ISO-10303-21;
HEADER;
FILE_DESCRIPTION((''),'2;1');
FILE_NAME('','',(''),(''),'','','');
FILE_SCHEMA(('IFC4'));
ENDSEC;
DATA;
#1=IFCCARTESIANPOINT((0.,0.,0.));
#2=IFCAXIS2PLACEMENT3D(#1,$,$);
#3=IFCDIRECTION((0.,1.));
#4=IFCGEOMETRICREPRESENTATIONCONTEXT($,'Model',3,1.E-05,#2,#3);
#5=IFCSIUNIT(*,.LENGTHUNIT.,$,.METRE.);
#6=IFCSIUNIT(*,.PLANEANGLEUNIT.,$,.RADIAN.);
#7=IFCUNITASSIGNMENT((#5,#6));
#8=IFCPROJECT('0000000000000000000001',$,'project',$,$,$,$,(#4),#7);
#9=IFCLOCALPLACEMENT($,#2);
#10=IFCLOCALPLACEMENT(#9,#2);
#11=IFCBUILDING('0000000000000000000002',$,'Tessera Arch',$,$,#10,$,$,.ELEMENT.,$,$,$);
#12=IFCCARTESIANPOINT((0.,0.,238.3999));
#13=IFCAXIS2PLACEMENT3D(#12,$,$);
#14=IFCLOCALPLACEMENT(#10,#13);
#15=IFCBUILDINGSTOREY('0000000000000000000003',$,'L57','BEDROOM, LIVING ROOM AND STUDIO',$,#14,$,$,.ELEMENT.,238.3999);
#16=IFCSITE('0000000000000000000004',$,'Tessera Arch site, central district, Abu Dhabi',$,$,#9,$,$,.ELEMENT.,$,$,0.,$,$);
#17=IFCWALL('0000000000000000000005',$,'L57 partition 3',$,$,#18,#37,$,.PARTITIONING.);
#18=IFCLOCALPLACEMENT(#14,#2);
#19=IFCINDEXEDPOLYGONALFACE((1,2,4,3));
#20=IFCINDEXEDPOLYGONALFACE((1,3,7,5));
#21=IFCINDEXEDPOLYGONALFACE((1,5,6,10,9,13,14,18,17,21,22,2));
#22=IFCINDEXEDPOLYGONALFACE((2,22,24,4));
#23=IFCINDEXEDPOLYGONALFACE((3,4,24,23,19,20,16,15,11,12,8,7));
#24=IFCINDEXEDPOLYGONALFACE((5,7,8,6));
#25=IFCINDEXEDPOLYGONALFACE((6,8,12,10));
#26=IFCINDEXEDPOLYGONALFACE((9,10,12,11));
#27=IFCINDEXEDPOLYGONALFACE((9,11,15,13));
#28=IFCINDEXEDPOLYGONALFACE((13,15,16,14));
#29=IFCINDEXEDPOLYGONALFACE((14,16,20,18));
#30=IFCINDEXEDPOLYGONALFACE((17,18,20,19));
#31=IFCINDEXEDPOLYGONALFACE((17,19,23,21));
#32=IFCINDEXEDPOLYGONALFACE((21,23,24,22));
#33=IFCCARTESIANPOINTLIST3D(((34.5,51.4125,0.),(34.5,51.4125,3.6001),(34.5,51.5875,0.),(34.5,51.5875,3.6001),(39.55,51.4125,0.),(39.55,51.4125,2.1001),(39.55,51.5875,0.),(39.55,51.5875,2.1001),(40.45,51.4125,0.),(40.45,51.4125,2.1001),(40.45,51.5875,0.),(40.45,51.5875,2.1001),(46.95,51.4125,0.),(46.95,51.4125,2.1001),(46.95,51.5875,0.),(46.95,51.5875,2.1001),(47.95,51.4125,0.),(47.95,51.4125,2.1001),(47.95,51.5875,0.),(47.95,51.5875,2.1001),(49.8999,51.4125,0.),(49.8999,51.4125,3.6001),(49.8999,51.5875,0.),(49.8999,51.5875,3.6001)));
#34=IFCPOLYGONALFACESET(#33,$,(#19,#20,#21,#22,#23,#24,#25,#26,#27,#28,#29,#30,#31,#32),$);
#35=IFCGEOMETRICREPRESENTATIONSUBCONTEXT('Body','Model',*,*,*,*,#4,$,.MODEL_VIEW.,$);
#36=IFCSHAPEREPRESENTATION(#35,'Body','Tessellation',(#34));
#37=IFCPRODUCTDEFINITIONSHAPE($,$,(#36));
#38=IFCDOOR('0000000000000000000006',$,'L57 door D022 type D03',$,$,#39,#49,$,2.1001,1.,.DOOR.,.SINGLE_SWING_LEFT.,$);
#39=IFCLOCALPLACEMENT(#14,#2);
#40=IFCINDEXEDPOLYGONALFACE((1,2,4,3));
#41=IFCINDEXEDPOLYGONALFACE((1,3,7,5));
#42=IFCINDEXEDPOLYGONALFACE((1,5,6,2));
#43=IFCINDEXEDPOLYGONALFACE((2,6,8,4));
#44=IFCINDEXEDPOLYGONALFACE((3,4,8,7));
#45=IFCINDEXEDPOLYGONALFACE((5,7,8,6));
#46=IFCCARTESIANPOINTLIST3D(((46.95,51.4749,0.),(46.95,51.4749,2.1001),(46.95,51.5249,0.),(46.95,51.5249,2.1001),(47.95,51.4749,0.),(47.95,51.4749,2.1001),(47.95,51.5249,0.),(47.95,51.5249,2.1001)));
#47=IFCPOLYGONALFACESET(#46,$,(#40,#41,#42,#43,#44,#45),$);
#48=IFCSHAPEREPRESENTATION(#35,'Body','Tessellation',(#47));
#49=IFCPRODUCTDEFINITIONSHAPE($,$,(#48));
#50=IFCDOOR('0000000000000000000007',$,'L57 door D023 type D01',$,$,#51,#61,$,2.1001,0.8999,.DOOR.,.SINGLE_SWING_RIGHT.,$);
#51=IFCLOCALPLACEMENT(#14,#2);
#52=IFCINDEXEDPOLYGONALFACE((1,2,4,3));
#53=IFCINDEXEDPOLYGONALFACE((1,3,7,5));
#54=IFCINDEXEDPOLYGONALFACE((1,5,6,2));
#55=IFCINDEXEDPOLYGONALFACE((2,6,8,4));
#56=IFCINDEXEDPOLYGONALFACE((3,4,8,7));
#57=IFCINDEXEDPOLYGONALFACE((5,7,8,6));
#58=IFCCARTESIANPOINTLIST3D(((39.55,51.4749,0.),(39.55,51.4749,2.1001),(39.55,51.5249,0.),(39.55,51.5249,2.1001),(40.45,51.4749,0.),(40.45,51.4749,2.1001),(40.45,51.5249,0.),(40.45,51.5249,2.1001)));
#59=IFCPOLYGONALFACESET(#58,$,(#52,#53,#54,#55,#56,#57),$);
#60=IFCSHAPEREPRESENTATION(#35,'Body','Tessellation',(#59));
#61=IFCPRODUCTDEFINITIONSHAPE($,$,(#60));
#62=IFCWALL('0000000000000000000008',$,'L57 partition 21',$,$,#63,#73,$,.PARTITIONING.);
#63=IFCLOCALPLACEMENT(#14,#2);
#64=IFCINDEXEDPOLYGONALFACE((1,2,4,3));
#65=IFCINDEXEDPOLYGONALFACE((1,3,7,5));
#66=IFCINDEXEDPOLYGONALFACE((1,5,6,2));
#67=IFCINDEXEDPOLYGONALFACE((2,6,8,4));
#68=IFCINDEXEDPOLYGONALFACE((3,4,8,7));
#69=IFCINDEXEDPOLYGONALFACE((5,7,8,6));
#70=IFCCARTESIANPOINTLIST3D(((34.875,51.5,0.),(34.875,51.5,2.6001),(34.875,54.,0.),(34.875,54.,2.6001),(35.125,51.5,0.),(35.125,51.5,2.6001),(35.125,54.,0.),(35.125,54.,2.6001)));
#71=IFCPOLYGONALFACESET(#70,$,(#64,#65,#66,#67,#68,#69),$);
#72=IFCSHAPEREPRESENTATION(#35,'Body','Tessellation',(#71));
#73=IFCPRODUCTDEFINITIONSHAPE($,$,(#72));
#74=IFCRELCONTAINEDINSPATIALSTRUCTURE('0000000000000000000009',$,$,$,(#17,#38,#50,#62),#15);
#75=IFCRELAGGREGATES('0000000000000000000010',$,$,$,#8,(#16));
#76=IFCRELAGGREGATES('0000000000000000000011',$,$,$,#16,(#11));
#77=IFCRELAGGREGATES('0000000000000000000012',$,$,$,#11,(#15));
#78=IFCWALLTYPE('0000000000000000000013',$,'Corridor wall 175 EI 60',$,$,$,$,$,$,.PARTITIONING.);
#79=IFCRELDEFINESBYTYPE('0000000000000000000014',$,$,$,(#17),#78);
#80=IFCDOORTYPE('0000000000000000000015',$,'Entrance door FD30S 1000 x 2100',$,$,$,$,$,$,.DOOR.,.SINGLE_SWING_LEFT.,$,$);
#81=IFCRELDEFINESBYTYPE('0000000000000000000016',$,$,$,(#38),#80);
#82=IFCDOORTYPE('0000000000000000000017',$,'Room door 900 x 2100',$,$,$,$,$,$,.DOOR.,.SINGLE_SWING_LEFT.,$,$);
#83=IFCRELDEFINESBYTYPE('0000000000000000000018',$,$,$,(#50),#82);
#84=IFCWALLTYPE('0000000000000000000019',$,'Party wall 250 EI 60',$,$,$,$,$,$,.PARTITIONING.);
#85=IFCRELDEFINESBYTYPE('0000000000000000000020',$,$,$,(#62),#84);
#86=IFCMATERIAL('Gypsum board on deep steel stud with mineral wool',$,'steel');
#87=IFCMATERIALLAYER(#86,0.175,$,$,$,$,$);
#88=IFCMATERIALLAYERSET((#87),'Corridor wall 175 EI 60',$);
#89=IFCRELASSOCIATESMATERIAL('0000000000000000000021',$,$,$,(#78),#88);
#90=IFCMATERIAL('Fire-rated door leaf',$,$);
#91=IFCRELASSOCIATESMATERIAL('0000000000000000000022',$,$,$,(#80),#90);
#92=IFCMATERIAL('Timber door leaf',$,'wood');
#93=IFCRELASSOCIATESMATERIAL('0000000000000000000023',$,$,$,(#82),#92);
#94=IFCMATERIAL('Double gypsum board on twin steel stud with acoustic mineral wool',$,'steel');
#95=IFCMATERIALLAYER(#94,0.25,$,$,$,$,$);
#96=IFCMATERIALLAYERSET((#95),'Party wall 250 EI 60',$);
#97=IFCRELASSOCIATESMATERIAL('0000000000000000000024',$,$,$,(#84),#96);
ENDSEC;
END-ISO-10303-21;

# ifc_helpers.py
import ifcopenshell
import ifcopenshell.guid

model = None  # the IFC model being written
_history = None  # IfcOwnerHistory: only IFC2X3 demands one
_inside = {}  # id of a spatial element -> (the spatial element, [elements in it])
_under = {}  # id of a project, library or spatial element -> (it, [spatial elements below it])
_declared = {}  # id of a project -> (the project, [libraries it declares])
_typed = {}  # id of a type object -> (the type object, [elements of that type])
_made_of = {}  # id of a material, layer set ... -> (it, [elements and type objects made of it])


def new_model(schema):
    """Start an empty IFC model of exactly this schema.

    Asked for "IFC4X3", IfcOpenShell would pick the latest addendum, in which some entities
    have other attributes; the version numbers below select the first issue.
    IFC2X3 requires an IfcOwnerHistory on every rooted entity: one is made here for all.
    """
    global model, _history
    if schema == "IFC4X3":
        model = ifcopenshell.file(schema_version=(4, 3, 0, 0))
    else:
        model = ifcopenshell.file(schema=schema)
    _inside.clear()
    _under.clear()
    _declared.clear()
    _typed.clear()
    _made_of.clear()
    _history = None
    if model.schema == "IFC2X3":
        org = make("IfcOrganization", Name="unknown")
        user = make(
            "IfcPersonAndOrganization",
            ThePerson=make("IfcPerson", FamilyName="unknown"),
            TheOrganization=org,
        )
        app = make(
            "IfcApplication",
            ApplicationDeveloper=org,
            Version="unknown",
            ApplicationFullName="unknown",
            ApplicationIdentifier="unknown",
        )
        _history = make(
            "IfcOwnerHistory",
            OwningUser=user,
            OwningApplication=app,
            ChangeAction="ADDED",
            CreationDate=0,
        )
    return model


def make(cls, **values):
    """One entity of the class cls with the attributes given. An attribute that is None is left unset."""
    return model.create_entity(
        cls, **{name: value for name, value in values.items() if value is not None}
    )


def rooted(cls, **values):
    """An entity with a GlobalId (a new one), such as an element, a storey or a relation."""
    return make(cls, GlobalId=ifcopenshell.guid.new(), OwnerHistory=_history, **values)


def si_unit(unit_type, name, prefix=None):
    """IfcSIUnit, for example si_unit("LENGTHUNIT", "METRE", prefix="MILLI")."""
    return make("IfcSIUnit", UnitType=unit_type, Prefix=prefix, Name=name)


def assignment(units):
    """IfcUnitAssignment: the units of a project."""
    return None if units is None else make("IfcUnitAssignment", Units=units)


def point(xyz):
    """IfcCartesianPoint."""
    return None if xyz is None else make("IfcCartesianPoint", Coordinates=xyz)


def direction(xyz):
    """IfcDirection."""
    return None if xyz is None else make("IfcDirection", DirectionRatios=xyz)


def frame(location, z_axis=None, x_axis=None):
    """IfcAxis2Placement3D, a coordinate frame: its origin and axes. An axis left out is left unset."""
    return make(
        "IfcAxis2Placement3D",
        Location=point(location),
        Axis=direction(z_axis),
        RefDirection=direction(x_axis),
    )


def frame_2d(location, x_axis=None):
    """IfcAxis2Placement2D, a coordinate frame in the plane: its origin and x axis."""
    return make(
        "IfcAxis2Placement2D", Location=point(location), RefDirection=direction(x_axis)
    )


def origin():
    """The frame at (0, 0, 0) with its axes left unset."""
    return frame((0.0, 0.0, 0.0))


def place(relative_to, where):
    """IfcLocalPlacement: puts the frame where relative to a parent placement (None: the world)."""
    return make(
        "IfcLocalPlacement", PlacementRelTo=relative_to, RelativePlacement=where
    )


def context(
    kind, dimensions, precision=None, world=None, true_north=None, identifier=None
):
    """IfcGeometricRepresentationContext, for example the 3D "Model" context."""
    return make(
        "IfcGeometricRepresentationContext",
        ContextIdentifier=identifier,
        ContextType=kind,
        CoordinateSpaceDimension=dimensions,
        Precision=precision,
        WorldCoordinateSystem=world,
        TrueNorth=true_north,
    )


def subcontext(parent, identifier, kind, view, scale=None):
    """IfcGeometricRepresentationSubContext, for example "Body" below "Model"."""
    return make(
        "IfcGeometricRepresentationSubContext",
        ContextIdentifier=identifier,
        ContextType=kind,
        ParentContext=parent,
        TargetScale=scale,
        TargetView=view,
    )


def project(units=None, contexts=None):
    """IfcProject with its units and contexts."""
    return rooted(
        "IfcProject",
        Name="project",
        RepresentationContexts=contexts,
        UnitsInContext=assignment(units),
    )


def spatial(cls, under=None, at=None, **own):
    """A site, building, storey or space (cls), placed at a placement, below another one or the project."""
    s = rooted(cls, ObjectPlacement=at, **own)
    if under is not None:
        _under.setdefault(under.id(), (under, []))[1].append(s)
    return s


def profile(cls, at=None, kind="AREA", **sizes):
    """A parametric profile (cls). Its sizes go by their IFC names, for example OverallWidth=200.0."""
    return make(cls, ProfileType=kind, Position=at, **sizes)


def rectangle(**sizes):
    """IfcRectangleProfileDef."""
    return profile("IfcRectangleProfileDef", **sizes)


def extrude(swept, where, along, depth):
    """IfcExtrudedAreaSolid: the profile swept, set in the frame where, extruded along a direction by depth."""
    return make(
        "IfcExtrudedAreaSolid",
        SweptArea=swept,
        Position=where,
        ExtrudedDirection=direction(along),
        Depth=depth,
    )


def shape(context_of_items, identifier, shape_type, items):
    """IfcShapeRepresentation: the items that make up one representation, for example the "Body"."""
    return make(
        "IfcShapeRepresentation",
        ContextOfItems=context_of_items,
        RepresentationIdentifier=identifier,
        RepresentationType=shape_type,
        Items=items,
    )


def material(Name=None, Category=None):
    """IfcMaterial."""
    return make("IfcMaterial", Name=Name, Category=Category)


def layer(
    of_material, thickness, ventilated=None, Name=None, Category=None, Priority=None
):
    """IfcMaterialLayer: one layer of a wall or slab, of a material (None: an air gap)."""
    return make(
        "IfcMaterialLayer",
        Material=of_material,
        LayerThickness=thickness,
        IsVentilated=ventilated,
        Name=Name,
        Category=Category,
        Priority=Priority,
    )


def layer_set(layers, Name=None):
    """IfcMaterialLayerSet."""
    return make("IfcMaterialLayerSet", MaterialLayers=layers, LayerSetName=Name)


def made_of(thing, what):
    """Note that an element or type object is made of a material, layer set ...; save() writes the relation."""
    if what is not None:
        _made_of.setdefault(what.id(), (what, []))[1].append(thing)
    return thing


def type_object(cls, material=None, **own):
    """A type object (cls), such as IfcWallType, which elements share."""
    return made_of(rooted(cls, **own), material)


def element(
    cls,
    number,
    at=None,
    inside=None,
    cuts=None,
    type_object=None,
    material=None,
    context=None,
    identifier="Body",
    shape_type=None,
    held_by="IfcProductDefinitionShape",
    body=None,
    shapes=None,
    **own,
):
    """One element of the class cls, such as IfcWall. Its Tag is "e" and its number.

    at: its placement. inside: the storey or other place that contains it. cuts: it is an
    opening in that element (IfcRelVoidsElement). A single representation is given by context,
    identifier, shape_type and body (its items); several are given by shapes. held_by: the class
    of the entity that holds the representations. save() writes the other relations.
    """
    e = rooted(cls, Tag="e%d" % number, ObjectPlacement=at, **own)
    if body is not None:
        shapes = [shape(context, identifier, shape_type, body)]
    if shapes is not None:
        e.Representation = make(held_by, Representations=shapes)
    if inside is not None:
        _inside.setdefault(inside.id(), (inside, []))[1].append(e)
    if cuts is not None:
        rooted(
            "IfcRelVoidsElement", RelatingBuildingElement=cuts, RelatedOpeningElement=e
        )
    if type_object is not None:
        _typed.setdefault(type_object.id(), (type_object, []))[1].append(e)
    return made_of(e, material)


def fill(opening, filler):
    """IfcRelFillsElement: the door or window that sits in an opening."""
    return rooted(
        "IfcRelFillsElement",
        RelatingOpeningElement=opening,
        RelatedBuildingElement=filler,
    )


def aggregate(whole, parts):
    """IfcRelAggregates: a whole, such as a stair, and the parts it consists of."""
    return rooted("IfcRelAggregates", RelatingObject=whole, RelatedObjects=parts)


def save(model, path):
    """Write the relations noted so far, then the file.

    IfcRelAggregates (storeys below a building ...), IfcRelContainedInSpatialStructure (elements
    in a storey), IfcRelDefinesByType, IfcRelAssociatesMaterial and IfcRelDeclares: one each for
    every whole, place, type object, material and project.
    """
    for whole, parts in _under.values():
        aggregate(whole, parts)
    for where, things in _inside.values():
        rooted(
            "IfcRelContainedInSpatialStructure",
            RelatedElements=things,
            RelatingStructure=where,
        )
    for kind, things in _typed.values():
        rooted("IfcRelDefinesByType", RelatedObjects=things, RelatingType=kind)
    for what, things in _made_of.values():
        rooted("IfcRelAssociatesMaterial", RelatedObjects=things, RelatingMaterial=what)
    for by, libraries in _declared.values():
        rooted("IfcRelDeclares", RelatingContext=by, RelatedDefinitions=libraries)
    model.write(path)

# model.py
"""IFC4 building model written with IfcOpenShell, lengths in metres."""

from ifc_helpers import new_model, si_unit, direction, frame, frame_2d, origin, place, context, subcontext, project, spatial, rectangle, extrude, material, layer, layer_set, type_object, element, fill, save


model = new_model("IFC4")

# Units and contexts
model_context = context("Model", 3, precision=1e-05, world=origin(), true_north=direction((0.0, 1.0)))
body_context = subcontext(model_context, "Body", "Model", "MODEL_VIEW")
ifc_project = project(units=[si_unit("LENGTHUNIT", "METRE"), si_unit("PLANEANGLEUNIT", "RADIAN")], contexts=[model_context])

# Site, building, storey
site_placement = place(None, origin())
site = spatial("IfcSite", under=ifc_project, at=site_placement, Name="Tessera Arch site, central district, Abu Dhabi", CompositionType="ELEMENT", RefElevation=0.0)
building_placement = place(site_placement, origin())
building = spatial("IfcBuilding", under=site, at=building_placement, Name="Tessera Arch", CompositionType="ELEMENT")
storey_placement = place(building_placement, frame((0.0, 0.0, 238.3999)))
storey = spatial("IfcBuildingStorey", under=building, at=storey_placement, Name="L57", Description="BEDROOM, LIVING ROOM AND STUDIO", CompositionType="ELEMENT", Elevation=238.3999)

# Wall, openings, doors
ifc_material_1 = material(Name="Gypsum board on deep steel stud with mineral wool", Category="steel")
ifc_layer_1 = layer(ifc_material_1, 0.175)
ifc_layer_set_1 = layer_set([ifc_layer_1], Name="Corridor wall 175 EI 60")
wall_type_1 = type_object("IfcWallType", Name="Corridor wall 175 EI 60", PredefinedType="PARTITIONING", material=ifc_layer_set_1)
wall_1_placement = place(storey_placement, frame((34.5, 51.5, 0.0), z_axis=(0.0, 0.0, 1.0), x_axis=(1.0, 0.0, 0.0)))
wall_1 = element("IfcWall", 1, at=wall_1_placement, inside=storey, type_object=wall_type_1, Name="L57 partition 3", PredefinedType="PARTITIONING", context=body_context, shape_type="SweptSolid", body=[
    extrude(rectangle(XDim=15.3999, YDim=0.175, at=frame_2d((7.7, 0.0))), origin(), (0.0, 0.0, 1.0), 3.6001),
])
opening_1_placement = place(wall_1_placement, frame((12.45, 0.0, 0.0)))
opening_1 = element("IfcOpeningElement", 2, at=opening_1_placement, cuts=wall_1, PredefinedType="OPENING", context=body_context, shape_type="SweptSolid", body=[
    extrude(rectangle(XDim=1.0, YDim=2.1001, at=frame_2d((0.5, 1.05))), frame((0.0, 0.0974, 0.0), z_axis=(0.0, -1.0, 0.0), x_axis=(1.0, 0.0, 0.0)), (0.0, 0.0, 1.0), 0.1951),
])
opening_2_placement = place(wall_1_placement, frame((5.05, 0.0, 0.0)))
opening_2 = element("IfcOpeningElement", 3, at=opening_2_placement, cuts=wall_1, PredefinedType="OPENING", context=body_context, shape_type="SweptSolid", body=[
    extrude(rectangle(XDim=0.8999, YDim=2.1001, at=frame_2d((0.45, 1.05))), frame((0.0, 0.0974, 0.0), z_axis=(0.0, -1.0, 0.0), x_axis=(1.0, 0.0, 0.0)), (0.0, 0.0, 1.0), 0.1951),
])
ifc_material_2 = material(Name="Fire-rated door leaf")
door_type_1 = type_object("IfcDoorType", Name="Entrance door FD30S 1000 x 2100", OperationType="SINGLE_SWING_LEFT", PredefinedType="DOOR", material=ifc_material_2)
door_1_placement = place(opening_1_placement, origin())
door_1 = element("IfcDoor", 4, at=door_1_placement, inside=storey, type_object=door_type_1, Name="L57 door D022 type D03", OperationType="SINGLE_SWING_LEFT", OverallHeight=2.1001, OverallWidth=1.0, PredefinedType="DOOR", context=body_context, shape_type="SweptSolid", body=[
    extrude(rectangle(XDim=1.0, YDim=2.1001, at=frame_2d((0.5, 1.05))), frame((0.0, 0.0249, 0.0), z_axis=(0.0, -1.0, 0.0), x_axis=(1.0, 0.0, 0.0)), (0.0, 0.0, 1.0), 0.05),
])
fill(opening_1, door_1)
ifc_material_3 = material(Name="Timber door leaf", Category="wood")
door_type_2 = type_object("IfcDoorType", Name="Room door 900 x 2100", OperationType="SINGLE_SWING_LEFT", PredefinedType="DOOR", material=ifc_material_3)
door_2_placement = place(opening_2_placement, origin())
door_2 = element("IfcDoor", 5, at=door_2_placement, inside=storey, type_object=door_type_2, Name="L57 door D023 type D01", OperationType="SINGLE_SWING_RIGHT", OverallHeight=2.1001, OverallWidth=0.8999, PredefinedType="DOOR", context=body_context, shape_type="SweptSolid", body=[
    extrude(rectangle(XDim=0.8999, YDim=2.1001, at=frame_2d((0.45, 1.05))), frame((0.0, 0.0249, 0.0), z_axis=(0.0, -1.0, 0.0), x_axis=(1.0, 0.0, 0.0)), (0.0, 0.0, 1.0), 0.05),
])
fill(opening_2, door_2)

# Wall
ifc_material_4 = material(Name="Double gypsum board on twin steel stud with acoustic mineral wool", Category="steel")
ifc_layer_2 = layer(ifc_material_4, 0.25)
ifc_layer_set_2 = layer_set([ifc_layer_2], Name="Party wall 250 EI 60")
wall_type_2 = type_object("IfcWallType", Name="Party wall 250 EI 60", PredefinedType="PARTITIONING", material=ifc_layer_set_2)
wall_2_placement = place(storey_placement, frame((35.0, 51.5, 0.0), z_axis=(0.0, 0.0, 1.0), x_axis=(0.0, 1.0, 0.0)))
element("IfcWall", 6, at=wall_2_placement, inside=storey, type_object=wall_type_2, Name="L57 partition 21", PredefinedType="PARTITIONING", context=body_context, shape_type="SweptSolid", body=[
    extrude(rectangle(XDim=2.5, YDim=0.25, at=frame_2d((1.25, 0.0))), origin(), (0.0, 0.0, 1.0), 2.6001),
])

save(model, "model.ifc")
